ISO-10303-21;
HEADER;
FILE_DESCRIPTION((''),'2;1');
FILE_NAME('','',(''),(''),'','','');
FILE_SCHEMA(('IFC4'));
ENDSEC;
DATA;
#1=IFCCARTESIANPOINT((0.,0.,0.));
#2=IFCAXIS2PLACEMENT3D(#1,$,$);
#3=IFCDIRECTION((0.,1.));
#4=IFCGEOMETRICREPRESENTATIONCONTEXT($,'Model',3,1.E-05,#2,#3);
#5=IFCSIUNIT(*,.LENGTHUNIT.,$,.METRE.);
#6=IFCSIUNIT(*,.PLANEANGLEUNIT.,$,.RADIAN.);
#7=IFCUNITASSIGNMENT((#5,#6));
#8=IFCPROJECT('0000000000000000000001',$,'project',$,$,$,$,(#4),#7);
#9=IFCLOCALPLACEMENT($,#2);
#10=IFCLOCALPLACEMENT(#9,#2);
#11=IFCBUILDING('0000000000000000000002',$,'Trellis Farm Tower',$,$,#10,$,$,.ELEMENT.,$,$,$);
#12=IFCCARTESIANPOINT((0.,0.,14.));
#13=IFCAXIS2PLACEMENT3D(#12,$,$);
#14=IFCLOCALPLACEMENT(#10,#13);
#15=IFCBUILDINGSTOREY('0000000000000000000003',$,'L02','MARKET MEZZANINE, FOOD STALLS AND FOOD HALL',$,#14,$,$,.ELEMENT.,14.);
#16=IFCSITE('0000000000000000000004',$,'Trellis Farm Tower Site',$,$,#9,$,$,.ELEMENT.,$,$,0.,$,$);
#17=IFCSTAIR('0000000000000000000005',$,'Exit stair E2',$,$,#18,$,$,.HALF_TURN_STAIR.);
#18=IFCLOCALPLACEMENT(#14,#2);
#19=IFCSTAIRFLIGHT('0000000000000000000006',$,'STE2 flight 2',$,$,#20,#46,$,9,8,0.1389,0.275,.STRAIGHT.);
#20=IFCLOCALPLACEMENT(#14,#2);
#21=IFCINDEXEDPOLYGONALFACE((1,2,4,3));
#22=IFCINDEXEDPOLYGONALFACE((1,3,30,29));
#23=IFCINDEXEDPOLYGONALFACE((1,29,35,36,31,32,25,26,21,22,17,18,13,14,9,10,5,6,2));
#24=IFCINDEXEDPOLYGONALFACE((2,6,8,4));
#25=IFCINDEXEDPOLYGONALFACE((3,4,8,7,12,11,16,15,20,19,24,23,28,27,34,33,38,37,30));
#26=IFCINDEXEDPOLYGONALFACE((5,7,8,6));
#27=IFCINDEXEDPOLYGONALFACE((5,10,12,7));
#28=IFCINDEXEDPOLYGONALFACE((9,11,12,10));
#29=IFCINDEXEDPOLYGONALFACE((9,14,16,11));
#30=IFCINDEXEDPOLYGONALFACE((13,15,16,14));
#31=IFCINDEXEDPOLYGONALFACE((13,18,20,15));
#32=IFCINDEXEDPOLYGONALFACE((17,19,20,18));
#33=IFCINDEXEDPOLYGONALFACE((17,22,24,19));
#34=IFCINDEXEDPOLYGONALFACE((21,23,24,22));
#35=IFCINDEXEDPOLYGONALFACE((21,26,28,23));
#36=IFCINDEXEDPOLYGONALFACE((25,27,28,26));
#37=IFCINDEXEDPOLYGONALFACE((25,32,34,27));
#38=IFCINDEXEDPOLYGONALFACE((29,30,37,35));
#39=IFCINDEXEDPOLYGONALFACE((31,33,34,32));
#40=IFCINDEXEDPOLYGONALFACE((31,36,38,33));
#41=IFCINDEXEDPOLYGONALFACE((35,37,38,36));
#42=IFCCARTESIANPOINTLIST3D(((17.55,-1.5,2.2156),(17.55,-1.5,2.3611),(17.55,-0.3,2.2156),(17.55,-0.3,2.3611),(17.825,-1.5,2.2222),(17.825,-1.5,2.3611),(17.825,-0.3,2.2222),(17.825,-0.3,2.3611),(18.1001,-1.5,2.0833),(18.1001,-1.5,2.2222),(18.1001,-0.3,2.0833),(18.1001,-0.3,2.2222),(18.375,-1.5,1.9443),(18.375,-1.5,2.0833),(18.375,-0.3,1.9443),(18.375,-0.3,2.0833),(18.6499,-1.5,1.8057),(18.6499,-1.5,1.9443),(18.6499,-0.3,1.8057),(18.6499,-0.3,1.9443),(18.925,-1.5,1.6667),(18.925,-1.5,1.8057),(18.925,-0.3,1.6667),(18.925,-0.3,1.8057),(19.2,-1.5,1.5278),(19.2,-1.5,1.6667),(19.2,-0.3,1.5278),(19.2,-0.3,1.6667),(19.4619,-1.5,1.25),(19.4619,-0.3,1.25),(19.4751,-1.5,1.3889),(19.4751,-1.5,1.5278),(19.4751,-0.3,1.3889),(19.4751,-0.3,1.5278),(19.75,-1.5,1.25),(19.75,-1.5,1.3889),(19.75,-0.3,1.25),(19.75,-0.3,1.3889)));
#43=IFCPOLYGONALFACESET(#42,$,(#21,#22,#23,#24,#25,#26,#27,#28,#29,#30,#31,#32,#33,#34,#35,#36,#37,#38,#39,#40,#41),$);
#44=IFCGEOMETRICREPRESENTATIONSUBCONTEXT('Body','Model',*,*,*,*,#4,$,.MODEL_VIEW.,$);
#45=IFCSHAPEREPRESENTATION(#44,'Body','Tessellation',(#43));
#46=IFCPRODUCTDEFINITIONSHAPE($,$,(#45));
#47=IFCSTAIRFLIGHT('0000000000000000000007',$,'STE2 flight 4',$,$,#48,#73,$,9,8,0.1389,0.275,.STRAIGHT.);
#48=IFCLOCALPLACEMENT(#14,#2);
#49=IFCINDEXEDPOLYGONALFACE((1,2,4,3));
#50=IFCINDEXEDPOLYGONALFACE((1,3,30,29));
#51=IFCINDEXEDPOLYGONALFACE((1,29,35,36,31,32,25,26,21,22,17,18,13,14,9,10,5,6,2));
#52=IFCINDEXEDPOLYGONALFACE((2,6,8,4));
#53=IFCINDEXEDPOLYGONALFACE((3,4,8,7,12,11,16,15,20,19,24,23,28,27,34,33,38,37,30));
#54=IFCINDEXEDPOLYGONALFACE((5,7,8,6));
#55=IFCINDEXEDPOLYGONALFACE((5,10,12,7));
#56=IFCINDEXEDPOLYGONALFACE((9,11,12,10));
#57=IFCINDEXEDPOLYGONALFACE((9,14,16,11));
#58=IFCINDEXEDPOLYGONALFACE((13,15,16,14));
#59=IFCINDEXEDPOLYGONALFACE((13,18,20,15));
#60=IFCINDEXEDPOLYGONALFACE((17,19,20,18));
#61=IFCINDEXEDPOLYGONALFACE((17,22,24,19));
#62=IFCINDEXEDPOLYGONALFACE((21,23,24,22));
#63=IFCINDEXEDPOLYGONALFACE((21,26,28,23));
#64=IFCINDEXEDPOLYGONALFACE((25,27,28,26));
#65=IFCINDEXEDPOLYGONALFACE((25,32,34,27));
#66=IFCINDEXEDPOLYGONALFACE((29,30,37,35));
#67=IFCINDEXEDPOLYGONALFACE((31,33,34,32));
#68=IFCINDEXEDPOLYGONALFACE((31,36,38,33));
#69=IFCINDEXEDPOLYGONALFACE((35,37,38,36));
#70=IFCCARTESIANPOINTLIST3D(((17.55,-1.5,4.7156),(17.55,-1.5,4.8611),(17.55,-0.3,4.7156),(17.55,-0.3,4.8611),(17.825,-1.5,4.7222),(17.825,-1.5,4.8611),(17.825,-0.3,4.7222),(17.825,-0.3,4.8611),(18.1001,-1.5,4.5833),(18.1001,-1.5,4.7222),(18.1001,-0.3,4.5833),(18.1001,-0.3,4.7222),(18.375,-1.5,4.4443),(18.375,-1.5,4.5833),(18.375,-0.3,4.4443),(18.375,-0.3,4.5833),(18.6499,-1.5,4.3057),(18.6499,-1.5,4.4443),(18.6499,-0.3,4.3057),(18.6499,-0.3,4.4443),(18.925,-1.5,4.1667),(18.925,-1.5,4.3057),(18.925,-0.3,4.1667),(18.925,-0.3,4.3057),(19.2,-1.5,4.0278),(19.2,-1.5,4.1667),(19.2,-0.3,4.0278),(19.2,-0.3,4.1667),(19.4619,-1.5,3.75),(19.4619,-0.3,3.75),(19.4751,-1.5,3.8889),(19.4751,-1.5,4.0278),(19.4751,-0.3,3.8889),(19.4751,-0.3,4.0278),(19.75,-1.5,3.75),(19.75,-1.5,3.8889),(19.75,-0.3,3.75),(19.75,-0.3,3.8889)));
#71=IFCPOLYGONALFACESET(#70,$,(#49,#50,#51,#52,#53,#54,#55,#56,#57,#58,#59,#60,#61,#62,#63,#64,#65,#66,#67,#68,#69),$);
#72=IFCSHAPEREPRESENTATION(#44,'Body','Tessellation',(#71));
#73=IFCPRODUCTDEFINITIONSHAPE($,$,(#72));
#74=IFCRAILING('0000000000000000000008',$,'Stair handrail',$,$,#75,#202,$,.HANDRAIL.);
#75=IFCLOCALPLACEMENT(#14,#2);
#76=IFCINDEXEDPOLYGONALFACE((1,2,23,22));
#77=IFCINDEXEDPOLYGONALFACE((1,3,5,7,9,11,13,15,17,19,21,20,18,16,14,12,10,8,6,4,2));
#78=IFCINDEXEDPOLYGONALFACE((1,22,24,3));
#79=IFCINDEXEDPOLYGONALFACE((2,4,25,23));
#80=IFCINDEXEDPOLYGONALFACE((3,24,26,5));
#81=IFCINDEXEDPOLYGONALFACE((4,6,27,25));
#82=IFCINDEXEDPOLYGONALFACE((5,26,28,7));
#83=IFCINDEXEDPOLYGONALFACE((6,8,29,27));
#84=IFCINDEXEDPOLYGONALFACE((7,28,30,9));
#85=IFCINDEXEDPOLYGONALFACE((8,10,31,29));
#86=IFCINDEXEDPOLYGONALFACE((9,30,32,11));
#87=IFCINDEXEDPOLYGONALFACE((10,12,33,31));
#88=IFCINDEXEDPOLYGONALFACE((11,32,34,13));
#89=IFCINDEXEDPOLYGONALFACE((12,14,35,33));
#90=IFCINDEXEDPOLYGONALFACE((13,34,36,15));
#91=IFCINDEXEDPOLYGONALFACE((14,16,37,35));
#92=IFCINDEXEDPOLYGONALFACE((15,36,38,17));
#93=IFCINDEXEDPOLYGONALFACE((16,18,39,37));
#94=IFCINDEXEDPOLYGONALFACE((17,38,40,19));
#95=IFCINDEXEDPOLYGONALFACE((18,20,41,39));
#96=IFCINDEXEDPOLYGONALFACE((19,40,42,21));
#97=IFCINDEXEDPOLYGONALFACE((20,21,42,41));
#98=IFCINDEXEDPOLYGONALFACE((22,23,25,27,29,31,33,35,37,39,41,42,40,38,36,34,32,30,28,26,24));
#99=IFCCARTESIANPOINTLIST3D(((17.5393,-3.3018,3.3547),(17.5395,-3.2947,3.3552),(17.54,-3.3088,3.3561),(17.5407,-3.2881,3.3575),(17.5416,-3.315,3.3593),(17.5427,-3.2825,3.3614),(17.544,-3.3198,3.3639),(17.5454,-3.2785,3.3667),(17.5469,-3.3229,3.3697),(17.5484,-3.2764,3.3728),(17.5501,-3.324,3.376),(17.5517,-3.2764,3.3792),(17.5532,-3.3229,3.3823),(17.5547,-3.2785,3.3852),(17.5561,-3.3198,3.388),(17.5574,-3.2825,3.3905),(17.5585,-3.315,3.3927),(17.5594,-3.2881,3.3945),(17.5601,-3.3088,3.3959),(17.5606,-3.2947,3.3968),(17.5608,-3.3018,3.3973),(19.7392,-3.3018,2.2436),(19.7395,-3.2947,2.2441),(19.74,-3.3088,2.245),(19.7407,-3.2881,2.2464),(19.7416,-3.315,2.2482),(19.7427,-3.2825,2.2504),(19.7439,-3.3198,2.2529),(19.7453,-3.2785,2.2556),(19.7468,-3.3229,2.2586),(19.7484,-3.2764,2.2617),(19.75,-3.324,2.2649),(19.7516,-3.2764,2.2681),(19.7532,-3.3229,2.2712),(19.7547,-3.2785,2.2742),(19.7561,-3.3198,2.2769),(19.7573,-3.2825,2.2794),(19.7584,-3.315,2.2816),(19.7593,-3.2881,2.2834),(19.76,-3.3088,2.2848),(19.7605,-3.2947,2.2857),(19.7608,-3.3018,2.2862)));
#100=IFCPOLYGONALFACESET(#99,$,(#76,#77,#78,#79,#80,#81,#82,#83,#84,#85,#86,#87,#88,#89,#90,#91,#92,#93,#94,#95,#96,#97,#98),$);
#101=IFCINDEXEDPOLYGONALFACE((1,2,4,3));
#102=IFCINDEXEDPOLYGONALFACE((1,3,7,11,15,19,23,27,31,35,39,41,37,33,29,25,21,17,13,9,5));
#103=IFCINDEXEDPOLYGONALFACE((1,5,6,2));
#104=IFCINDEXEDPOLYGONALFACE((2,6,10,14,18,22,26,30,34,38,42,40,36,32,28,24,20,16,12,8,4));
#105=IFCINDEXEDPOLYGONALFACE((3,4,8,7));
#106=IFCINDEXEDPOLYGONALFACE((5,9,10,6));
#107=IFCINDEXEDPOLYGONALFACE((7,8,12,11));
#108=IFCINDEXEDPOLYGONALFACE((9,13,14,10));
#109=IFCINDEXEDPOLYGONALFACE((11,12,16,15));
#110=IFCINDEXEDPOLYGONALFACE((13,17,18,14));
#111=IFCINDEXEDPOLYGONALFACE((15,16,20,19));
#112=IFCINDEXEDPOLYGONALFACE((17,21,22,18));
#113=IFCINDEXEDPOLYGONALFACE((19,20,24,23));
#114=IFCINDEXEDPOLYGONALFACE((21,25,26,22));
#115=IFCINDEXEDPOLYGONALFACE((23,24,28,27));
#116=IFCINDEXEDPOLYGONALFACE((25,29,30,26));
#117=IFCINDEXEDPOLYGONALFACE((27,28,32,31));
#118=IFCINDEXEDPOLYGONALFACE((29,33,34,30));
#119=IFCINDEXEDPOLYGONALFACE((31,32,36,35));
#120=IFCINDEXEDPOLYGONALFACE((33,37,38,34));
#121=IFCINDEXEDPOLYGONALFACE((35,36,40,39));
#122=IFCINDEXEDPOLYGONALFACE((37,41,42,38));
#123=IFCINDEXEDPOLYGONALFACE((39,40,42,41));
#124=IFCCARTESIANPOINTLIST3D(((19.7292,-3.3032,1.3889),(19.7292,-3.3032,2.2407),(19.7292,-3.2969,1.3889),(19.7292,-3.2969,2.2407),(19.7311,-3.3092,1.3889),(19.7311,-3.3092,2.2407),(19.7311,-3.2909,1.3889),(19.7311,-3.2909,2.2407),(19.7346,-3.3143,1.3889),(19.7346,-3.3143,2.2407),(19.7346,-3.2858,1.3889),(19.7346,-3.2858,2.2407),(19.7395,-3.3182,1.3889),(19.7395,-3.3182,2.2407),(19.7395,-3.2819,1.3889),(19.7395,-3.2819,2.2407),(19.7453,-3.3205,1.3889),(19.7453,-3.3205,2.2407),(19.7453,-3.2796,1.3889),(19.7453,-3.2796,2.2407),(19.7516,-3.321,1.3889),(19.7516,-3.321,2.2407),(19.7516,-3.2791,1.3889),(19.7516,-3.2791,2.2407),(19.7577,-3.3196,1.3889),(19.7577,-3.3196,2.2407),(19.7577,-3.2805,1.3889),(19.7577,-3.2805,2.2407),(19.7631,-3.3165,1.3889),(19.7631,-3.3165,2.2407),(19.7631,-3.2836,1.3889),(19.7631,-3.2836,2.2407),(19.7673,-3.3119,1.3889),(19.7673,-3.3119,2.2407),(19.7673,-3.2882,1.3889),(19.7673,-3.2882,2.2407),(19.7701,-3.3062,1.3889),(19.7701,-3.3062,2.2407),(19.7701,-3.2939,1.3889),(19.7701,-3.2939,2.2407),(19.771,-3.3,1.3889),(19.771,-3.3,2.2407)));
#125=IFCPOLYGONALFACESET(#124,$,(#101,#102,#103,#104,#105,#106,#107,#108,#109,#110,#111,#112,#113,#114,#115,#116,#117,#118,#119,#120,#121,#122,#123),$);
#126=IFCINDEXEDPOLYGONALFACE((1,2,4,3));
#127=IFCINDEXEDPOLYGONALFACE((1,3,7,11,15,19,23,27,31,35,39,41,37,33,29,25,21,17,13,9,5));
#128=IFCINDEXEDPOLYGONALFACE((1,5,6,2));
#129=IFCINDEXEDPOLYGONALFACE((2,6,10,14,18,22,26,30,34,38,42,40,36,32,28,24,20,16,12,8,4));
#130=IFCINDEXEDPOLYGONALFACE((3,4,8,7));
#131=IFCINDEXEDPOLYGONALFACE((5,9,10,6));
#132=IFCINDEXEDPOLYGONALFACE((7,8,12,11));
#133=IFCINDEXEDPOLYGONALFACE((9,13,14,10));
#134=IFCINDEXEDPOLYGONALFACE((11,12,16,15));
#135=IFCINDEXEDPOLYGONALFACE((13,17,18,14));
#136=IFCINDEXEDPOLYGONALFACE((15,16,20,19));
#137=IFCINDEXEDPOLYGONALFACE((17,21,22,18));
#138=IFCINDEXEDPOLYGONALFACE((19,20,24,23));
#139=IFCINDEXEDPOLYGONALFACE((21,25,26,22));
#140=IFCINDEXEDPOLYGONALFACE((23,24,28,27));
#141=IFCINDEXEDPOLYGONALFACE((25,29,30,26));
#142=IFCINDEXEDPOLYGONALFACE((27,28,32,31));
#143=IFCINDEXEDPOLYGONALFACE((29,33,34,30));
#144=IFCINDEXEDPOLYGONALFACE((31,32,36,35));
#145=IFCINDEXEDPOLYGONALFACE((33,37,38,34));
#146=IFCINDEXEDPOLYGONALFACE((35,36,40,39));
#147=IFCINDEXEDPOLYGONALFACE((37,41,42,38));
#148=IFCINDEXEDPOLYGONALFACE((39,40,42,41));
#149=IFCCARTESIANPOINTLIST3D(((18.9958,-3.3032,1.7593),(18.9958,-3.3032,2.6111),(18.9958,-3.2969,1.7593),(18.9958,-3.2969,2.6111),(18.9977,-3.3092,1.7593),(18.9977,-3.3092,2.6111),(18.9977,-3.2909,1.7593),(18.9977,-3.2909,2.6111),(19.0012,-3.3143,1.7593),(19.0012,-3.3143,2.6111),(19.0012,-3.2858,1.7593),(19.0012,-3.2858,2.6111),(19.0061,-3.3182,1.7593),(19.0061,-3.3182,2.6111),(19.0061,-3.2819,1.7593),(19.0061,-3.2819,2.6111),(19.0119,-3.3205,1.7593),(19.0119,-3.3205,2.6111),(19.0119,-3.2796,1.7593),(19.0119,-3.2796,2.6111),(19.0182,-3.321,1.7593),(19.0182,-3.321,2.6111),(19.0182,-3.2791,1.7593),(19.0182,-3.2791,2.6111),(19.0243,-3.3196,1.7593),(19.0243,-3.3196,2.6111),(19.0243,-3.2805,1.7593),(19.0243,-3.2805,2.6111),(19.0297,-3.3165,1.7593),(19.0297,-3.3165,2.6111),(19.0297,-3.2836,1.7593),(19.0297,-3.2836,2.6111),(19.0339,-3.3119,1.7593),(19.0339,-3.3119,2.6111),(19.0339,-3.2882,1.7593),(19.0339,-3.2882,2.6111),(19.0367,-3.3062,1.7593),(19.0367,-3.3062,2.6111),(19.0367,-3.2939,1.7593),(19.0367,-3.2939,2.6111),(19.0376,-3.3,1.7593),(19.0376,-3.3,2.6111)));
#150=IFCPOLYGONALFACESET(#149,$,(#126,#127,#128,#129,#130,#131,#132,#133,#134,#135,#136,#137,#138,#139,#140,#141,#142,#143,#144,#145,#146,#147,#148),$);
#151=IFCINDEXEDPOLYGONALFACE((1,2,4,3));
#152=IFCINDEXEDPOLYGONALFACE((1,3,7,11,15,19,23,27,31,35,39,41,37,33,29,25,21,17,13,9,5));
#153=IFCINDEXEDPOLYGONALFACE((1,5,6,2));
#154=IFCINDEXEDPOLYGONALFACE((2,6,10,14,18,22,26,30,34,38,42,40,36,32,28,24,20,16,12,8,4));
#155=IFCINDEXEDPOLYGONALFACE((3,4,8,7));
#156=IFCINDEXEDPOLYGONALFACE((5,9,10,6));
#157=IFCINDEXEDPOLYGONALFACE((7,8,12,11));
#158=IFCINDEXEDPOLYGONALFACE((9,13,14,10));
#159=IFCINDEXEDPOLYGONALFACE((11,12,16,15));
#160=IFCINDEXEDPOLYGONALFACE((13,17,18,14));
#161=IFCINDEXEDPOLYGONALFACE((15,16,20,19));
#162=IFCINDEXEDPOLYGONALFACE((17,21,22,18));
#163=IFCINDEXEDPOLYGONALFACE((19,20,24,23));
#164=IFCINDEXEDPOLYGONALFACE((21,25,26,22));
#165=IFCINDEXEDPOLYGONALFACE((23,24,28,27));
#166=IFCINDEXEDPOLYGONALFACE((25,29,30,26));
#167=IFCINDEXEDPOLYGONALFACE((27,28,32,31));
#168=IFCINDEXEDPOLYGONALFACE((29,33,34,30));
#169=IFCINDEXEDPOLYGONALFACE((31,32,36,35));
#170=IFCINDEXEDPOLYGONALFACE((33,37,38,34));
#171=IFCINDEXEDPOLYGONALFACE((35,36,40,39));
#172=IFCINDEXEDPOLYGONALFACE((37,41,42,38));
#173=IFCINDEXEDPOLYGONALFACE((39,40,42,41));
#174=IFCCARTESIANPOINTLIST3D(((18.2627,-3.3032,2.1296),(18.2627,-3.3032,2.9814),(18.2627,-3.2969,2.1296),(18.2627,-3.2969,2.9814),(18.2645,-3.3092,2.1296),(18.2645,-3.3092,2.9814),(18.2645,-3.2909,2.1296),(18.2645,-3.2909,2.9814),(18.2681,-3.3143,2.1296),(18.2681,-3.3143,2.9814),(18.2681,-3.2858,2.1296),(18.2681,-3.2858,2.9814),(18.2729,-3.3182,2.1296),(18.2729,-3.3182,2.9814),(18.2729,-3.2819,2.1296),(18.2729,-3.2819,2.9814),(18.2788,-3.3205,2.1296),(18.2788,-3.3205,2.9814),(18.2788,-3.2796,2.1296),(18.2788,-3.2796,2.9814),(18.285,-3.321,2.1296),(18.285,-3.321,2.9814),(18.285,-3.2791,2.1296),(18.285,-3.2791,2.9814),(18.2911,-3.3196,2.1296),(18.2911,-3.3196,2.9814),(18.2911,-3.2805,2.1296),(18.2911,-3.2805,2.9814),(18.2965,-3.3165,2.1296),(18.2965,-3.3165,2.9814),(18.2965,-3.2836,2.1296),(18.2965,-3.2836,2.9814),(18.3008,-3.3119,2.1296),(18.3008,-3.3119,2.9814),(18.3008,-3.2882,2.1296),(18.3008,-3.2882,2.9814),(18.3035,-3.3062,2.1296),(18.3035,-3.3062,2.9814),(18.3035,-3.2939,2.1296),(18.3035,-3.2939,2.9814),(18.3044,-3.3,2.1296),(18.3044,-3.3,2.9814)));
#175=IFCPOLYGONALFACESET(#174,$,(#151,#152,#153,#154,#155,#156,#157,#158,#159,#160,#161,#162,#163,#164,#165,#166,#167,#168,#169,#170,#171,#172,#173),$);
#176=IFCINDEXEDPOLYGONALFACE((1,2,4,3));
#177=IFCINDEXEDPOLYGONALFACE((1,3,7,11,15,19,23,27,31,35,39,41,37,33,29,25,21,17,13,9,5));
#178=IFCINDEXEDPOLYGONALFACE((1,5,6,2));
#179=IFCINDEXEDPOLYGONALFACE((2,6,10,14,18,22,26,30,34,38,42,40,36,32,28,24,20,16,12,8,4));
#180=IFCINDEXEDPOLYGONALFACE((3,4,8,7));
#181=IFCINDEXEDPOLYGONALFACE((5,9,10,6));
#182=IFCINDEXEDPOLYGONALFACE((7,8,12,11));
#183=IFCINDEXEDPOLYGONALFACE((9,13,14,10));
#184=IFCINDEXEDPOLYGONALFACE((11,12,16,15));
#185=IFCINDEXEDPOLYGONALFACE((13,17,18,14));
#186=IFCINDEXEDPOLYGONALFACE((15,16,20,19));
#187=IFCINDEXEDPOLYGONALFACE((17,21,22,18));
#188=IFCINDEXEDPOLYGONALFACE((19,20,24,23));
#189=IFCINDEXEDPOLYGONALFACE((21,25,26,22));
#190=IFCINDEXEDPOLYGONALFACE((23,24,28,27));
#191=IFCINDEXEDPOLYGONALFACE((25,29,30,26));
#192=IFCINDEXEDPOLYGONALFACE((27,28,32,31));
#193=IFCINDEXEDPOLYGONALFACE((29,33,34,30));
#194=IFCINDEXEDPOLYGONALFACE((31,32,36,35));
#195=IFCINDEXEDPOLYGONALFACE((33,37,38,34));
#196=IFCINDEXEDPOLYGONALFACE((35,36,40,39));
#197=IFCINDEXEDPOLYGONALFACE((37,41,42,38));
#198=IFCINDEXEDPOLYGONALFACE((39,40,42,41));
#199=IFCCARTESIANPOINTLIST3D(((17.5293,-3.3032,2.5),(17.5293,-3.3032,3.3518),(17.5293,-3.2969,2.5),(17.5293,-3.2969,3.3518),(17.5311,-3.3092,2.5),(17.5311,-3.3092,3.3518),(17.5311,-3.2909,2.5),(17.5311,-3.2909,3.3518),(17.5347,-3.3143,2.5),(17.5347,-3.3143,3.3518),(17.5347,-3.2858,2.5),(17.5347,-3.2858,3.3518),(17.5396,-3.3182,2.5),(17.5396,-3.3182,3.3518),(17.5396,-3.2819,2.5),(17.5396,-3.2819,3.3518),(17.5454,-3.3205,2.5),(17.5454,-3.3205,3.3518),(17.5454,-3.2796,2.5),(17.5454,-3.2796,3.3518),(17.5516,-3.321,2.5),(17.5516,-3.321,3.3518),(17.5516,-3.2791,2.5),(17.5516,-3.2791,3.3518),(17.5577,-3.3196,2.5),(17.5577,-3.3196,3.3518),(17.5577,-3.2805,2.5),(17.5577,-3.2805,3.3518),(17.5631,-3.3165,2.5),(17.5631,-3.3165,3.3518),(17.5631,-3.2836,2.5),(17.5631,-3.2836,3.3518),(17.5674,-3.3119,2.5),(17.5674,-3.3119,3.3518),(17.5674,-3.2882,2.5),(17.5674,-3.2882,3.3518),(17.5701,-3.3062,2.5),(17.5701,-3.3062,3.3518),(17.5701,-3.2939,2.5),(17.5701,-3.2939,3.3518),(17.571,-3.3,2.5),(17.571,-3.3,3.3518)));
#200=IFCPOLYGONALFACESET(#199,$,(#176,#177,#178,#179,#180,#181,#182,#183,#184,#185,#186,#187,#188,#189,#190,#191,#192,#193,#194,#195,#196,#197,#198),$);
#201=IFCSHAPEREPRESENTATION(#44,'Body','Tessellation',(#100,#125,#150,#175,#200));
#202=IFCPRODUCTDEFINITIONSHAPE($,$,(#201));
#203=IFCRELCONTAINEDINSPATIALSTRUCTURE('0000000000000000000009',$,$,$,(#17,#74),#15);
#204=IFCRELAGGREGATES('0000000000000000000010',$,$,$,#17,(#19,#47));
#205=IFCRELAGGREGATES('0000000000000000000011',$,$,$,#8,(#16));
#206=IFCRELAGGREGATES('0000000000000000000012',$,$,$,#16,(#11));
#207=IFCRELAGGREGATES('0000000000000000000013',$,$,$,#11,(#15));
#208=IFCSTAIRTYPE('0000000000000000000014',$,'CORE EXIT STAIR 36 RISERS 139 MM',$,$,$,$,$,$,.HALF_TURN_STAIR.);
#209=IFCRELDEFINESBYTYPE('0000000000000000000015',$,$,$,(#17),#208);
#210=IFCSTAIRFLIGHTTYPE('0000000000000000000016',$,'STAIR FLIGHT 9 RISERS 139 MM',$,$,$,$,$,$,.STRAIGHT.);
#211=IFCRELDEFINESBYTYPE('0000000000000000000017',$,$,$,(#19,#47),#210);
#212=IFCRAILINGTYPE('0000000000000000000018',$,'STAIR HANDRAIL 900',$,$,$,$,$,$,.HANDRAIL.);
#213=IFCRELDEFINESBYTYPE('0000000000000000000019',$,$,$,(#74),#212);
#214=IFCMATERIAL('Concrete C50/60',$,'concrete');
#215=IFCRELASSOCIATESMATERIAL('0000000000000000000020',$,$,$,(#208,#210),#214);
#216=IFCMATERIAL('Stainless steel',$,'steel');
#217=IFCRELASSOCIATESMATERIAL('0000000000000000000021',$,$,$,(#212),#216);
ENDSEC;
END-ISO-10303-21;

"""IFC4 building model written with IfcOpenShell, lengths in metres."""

from ifc_helpers import new_model, si_unit, direction, frame, origin, origin_2d, place, context, subcontext, project, spatial, polyline, circle, outline, extrude, source, transform, mapped, material, type_object, element, aggregate, save


model = new_model("IFC4")

# Units and contexts
model_context = context("Model", 3, precision=1e-05, world=origin(), true_north=direction((0.0, 1.0)))
body_context = subcontext(model_context, "Body", "Model", "MODEL_VIEW")
ifc_project = project(units=[si_unit("LENGTHUNIT", "METRE"), si_unit("PLANEANGLEUNIT", "RADIAN")], contexts=[model_context])

# Site, building, storey
site_placement = place(None, origin())
site = spatial("IfcSite", under=ifc_project, at=site_placement, Name="Trellis Farm Tower Site", CompositionType="ELEMENT", RefElevation=0.0)
building_placement = place(site_placement, origin())
building = spatial("IfcBuilding", under=site, at=building_placement, Name="Trellis Farm Tower", CompositionType="ELEMENT")
storey_placement = place(building_placement, frame((0.0, 0.0, 14.0)))
storey = spatial("IfcBuildingStorey", under=building, at=storey_placement, Name="L02", Description="MARKET MEZZANINE, FOOD STALLS AND FOOD HALL", CompositionType="ELEMENT", Elevation=14.0)

# Stair, stair flights
ifc_material_1 = material(Name="Concrete C50/60", Category="concrete")
stair_type = type_object("IfcStairType", Name="CORE EXIT STAIR 36 RISERS 139 MM", PredefinedType="HALF_TURN_STAIR", material=ifc_material_1)
placement = place(storey_placement, origin())
stair_flight_type = type_object("IfcStairFlightType", Name="STAIR FLIGHT 9 RISERS 139 MM", PredefinedType="STRAIGHT", material=ifc_material_1)
shared_shape_1 = source(origin(), body_context, "Body", "SweptSolid", [
    extrude(outline(polyline([(0.0, 0.0), (0.0, 0.1389), (0.2749, 0.1389), (0.2749, 0.2778), (0.55, 0.2778), (0.55, 0.4167), (0.825, 0.4167), (0.825, 0.5557), (1.1001, 0.5557), (1.1001, 0.6943), (1.375, 0.6943), (1.375, 0.8333), (1.6499, 0.8333), (1.6499, 0.9722), (1.925, 0.9722), (1.925, 1.1111), (2.2, 1.1111), (2.2, 1.25), (2.2, 0.9656), (0.2881, 0.0), (0.0, 0.0)])), frame((0.0, 0.6001, 0.0), z_axis=(0.0, -1.0, 0.0), x_axis=(1.0, 0.0, 0.0)), (0.0, 0.0, 1.0), 1.2),
])
stair_1 = element("IfcStair", 1, at=placement, inside=storey, type_object=stair_type, Name="Exit stair E2", PredefinedType="HALF_TURN_STAIR")
stair_flight_1_placement = place(storey_placement, frame((19.75, -0.8999, 1.25), z_axis=(0.0, 0.0, 1.0), x_axis=(-1.0, 0.0, 0.0)))
stair_flight_1 = element("IfcStairFlight", 2, at=stair_flight_1_placement, type_object=stair_flight_type, Name="STE2 flight 2", NumberOfRisers=9, NumberOfTreads=8, PredefinedType="STRAIGHT", RiserHeight=0.1389, TreadLength=0.275, context=body_context, shape_type="MappedRepresentation", body=[
    mapped(shared_shape_1, transform((0.0, 0.0, 0.0))),
])
stair_flight_2_placement = place(storey_placement, frame((19.75, -0.8999, 3.75), z_axis=(0.0, 0.0, 1.0), x_axis=(-1.0, 0.0, 0.0)))
stair_flight_2 = element("IfcStairFlight", 3, at=stair_flight_2_placement, type_object=stair_flight_type, Name="STE2 flight 4", NumberOfRisers=9, NumberOfTreads=8, PredefinedType="STRAIGHT", RiserHeight=0.1389, TreadLength=0.275, context=body_context, shape_type="MappedRepresentation", body=[
    mapped(shared_shape_1, transform((0.0, 0.0, 0.0))),
])
aggregate(stair_1, [stair_flight_1, stair_flight_2])

# Railing
ifc_material_2 = material(Name="Stainless steel", Category="steel")
railing_type = type_object("IfcRailingType", Name="STAIR HANDRAIL 900", PredefinedType="HANDRAIL", material=ifc_material_2)
shared_shape_2 = source(origin(), body_context, "Body", "SweptSolid", [
    extrude(circle(Radius=0.0239, at=origin_2d()), frame((0.0, 0.0, 0.876), z_axis=(-0.892617, 0.0, 0.450816), x_axis=(0.0, -1.0, 0.0)), (0.0, 0.0, 1.0), 2.4646),
    extrude(circle(Radius=0.021, at=origin_2d()), origin(), (0.0, 0.0, 1.0), 0.8518),
    extrude(circle(Radius=0.021, at=origin_2d()), frame((-0.7334, 0.0, 0.3704)), (0.0, 0.0, 1.0), 0.8518),
    extrude(circle(Radius=0.021, at=origin_2d()), frame((-1.4666, 0.0, 0.7407)), (0.0, 0.0, 1.0), 0.8518),
    extrude(circle(Radius=0.021, at=origin_2d()), frame((-2.2, 0.0, 1.1111)), (0.0, 0.0, 1.0), 0.8518),
])
for number, where, name in (
    (4, (19.75, -3.3, 1.3889), "Stair handrail"),
):
    element("IfcRailing", number, at=place(storey_placement, frame(where)), inside=storey, type_object=railing_type, Name=name, PredefinedType="HANDRAIL", context=body_context, shape_type="MappedRepresentation", body=[
        mapped(shared_shape_2, transform((0.0, 0.0, 0.0))),
    ])

save(model, "model.ifc")
